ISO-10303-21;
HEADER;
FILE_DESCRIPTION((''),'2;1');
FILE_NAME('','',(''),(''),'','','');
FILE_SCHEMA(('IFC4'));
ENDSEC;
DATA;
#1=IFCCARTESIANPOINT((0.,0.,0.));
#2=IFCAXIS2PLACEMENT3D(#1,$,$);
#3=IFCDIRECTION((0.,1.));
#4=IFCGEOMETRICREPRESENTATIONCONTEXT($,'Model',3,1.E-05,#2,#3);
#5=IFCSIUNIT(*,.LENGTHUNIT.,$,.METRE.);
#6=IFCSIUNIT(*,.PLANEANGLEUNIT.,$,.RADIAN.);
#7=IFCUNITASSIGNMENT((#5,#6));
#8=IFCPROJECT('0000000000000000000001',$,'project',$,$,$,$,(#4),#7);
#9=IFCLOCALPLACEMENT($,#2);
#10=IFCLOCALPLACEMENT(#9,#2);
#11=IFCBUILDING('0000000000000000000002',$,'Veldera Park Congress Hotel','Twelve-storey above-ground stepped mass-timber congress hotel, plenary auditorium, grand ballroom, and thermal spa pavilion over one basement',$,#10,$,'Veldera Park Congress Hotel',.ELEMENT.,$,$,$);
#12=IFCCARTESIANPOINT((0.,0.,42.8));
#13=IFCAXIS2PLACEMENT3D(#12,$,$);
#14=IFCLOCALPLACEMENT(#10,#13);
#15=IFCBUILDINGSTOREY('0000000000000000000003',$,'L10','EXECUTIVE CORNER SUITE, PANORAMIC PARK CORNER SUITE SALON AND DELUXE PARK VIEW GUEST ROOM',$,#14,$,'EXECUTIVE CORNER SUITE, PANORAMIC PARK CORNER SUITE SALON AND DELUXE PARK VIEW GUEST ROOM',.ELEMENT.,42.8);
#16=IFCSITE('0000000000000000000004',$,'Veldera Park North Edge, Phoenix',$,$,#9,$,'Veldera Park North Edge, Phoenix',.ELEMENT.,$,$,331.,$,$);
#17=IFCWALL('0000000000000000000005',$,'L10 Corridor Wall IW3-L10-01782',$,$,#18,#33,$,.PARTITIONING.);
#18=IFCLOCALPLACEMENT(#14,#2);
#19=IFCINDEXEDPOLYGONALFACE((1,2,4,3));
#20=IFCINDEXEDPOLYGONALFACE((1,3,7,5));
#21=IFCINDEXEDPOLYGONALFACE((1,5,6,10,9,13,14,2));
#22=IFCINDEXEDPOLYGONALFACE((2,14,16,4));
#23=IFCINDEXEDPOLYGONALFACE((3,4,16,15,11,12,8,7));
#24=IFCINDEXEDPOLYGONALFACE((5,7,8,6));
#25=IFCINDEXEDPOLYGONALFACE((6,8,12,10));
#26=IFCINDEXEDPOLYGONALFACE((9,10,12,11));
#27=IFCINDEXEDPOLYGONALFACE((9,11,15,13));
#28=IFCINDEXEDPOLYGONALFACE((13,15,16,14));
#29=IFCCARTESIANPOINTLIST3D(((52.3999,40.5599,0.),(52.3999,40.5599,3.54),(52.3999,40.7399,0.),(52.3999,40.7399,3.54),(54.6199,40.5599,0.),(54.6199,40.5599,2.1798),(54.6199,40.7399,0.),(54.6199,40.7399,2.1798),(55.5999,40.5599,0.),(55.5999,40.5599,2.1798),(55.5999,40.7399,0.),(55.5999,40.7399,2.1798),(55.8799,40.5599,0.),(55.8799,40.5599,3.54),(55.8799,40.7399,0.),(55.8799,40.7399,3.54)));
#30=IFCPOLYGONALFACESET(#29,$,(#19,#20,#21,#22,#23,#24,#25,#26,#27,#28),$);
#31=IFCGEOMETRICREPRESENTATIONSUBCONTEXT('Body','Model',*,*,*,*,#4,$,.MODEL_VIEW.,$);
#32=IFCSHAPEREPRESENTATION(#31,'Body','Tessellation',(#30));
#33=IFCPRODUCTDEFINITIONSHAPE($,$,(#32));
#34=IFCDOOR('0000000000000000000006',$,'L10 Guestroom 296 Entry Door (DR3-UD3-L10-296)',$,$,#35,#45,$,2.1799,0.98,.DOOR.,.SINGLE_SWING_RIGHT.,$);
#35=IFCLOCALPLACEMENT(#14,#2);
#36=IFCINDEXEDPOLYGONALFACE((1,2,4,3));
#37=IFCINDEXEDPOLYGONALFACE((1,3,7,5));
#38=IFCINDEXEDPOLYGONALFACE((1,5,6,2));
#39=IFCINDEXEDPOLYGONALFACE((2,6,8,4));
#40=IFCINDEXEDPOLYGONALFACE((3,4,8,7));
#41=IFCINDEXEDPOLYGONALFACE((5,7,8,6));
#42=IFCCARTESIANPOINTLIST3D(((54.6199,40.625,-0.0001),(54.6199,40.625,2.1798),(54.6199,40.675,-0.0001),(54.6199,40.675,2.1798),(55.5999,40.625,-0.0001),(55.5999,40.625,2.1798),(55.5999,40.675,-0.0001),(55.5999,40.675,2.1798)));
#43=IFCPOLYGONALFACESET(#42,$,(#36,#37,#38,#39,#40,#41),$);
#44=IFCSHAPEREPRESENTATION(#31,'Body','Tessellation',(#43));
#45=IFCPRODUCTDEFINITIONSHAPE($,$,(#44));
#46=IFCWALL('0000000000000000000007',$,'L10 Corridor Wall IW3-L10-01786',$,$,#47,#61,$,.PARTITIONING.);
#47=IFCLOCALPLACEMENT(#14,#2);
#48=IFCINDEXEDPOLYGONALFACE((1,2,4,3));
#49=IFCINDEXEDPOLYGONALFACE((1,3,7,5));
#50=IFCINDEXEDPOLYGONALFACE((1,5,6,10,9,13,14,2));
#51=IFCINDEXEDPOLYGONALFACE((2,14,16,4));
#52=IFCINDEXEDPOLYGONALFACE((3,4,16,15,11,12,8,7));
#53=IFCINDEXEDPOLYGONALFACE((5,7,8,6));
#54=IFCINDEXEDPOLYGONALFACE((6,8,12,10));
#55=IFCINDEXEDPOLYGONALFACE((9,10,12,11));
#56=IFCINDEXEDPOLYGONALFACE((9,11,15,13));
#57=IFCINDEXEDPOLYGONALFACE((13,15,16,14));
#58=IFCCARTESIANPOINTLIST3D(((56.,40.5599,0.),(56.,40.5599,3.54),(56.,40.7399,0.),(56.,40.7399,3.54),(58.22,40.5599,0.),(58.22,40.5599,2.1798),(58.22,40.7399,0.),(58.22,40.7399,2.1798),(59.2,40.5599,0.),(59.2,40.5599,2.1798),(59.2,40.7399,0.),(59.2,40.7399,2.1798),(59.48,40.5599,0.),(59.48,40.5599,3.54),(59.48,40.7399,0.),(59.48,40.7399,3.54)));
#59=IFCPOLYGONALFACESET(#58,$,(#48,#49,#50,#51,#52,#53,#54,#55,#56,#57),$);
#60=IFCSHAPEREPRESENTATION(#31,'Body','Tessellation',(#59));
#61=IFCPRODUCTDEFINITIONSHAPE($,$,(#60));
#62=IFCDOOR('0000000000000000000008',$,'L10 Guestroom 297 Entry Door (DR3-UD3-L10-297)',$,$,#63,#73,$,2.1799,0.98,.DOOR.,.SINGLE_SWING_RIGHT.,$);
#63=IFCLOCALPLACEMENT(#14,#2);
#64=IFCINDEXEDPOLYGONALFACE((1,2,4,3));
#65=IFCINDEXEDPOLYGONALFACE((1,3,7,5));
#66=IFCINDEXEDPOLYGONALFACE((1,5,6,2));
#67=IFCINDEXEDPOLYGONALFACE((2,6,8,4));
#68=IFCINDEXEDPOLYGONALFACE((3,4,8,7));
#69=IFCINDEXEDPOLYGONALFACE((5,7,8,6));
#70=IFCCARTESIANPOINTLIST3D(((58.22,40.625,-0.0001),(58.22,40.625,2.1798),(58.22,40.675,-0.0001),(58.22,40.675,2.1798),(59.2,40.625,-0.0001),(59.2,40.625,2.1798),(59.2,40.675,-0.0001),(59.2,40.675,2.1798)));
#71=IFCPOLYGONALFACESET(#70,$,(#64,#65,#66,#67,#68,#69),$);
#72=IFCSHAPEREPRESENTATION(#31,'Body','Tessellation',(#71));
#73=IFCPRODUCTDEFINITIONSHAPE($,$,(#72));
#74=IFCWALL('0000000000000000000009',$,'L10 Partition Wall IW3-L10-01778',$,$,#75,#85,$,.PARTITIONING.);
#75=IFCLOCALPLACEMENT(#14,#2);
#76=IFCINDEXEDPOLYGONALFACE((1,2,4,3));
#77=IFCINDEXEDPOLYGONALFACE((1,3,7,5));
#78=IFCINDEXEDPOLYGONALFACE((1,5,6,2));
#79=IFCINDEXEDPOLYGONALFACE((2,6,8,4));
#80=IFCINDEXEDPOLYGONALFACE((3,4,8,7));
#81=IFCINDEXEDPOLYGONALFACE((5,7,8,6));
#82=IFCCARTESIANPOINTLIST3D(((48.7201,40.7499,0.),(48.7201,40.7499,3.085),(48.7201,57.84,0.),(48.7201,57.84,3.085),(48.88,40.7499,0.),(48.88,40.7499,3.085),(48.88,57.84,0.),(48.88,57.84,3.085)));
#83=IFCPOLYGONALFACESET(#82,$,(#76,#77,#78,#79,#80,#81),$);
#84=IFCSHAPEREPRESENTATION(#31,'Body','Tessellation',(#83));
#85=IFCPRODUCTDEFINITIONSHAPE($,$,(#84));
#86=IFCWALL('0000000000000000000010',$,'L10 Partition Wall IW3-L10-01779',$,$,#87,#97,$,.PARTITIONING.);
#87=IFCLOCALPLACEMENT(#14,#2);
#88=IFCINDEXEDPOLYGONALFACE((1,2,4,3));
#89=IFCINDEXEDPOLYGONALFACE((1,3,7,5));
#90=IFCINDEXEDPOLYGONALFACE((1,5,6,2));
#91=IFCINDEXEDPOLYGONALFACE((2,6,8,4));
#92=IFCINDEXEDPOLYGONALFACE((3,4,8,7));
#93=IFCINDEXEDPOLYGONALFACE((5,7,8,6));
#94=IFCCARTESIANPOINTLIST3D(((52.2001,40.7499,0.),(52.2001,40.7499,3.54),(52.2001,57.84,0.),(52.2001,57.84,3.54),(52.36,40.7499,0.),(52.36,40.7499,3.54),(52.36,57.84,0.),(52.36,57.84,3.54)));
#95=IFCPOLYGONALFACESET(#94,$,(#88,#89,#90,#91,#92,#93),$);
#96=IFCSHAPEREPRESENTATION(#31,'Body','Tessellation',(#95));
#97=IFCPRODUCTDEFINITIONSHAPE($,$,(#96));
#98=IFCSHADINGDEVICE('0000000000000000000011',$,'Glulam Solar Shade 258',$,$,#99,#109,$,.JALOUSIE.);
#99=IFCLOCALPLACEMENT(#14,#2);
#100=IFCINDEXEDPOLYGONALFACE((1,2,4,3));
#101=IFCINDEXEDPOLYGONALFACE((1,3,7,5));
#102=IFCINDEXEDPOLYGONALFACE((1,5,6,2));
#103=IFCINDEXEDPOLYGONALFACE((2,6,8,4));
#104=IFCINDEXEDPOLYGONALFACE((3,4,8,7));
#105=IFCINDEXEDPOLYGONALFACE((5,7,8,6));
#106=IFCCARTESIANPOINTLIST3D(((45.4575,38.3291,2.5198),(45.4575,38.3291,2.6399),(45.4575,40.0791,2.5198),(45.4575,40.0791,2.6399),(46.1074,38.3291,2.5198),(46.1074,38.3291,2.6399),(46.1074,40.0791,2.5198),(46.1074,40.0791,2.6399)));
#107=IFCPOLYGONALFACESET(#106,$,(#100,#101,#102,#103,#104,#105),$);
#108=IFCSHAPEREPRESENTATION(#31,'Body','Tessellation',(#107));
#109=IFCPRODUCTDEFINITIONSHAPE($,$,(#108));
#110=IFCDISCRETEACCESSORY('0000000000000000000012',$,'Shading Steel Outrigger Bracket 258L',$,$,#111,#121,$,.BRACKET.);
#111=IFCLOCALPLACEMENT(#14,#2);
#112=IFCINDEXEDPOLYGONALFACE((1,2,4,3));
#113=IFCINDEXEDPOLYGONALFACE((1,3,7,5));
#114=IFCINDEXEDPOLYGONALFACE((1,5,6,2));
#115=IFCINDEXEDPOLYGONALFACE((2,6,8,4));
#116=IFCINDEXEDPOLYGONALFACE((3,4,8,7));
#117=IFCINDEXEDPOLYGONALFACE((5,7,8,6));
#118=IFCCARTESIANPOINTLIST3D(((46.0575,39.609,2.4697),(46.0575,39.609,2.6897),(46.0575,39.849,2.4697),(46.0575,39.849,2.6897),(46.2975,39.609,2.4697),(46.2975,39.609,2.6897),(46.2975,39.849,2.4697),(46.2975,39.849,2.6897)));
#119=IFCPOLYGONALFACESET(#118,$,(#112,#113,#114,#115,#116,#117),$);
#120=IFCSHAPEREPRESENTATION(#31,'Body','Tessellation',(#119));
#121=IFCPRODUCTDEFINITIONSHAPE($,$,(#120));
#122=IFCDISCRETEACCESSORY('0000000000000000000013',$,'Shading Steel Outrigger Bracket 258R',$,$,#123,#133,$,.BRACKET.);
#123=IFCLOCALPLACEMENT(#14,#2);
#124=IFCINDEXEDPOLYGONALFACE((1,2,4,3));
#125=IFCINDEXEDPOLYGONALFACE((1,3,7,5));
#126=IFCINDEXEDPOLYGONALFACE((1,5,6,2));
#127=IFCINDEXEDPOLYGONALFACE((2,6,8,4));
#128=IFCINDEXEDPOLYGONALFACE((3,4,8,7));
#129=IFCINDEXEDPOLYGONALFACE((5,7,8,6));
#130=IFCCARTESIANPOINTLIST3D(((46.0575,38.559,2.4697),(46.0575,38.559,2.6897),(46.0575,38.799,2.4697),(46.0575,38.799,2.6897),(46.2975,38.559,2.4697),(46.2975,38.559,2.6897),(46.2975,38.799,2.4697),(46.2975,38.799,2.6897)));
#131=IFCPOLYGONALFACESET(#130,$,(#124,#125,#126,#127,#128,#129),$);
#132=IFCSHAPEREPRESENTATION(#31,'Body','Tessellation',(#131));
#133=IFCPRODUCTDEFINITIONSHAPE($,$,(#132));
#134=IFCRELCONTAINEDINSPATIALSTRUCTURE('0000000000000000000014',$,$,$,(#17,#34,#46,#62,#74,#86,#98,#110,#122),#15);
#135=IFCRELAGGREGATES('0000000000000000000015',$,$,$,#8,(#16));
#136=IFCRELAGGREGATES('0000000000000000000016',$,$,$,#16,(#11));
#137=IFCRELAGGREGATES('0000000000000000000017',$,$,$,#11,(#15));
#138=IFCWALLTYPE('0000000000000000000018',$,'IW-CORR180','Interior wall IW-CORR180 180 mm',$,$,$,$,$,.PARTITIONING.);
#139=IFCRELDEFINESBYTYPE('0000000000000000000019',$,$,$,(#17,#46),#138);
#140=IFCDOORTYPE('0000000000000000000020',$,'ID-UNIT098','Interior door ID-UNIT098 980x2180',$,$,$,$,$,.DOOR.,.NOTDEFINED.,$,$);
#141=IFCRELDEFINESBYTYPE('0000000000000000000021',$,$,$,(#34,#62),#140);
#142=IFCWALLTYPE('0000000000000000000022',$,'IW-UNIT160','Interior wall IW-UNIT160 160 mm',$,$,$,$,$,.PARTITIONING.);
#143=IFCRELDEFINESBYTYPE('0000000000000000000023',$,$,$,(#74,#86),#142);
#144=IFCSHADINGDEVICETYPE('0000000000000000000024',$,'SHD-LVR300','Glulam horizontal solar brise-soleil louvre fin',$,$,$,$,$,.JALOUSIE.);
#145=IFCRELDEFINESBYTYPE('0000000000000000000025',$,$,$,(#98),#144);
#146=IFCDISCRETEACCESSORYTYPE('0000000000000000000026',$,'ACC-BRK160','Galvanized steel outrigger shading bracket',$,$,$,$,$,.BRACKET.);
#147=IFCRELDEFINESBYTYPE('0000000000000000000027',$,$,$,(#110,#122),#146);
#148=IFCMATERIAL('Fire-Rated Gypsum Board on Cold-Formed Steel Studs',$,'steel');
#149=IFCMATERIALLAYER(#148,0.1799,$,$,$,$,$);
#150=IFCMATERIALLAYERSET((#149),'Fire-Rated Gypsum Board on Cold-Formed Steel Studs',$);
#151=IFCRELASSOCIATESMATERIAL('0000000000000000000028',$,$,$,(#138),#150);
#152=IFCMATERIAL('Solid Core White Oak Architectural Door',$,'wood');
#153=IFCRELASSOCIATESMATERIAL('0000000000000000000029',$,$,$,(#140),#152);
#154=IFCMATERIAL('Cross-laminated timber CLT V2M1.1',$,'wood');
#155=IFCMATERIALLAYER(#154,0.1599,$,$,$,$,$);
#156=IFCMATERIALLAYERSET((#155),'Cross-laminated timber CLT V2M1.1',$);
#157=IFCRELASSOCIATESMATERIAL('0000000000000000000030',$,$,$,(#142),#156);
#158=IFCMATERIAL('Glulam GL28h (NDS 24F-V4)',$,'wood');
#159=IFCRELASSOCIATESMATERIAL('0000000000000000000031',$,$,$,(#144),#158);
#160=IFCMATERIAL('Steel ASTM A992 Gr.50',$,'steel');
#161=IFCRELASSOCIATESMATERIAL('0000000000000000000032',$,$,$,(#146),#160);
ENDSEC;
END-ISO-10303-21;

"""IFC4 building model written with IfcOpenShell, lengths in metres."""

from ifc_helpers import new_model, si_unit, direction, frame, frame_2d, origin, origin_2d, place, context, subcontext, project, spatial, rectangle, extrude, material, layer, layer_set, type_object, element, fill, save


model = new_model("IFC4")

# Units and contexts
model_context = context("Model", 3, precision=1e-05, world=origin(), true_north=direction((0.0, 1.0)))
body_context = subcontext(model_context, "Body", "Model", "MODEL_VIEW")
ifc_project = project(units=[si_unit("LENGTHUNIT", "METRE"), si_unit("PLANEANGLEUNIT", "RADIAN")], contexts=[model_context])

# Site, building, storey
site_placement = place(None, origin())
site = spatial("IfcSite", under=ifc_project, at=site_placement, Name="Veldera Park North Edge, Phoenix", LongName="Veldera Park North Edge, Phoenix", CompositionType="ELEMENT", RefElevation=331.0)
building_placement = place(site_placement, origin())
building = spatial("IfcBuilding", under=site, at=building_placement, Name="Veldera Park Congress Hotel", Description="Twelve-storey above-ground stepped mass-timber congress hotel, plenary auditorium, grand ballroom, and thermal spa pavilion over one basement", LongName="Veldera Park Congress Hotel", CompositionType="ELEMENT")
storey_placement = place(building_placement, frame((0.0, 0.0, 42.8)))
storey = spatial("IfcBuildingStorey", under=building, at=storey_placement, Name="L10", Description="EXECUTIVE CORNER SUITE, PANORAMIC PARK CORNER SUITE SALON AND DELUXE PARK VIEW GUEST ROOM", LongName="EXECUTIVE CORNER SUITE, PANORAMIC PARK CORNER SUITE SALON AND DELUXE PARK VIEW GUEST ROOM", CompositionType="ELEMENT", Elevation=42.8)

# Shared definitions
ifc_material_1 = material(Name="Glulam GL28h (NDS 24F-V4)", Category="wood")

# Walls, openings, doors
ifc_material_2 = material(Name="Fire-Rated Gypsum Board on Cold-Formed Steel Studs", Category="steel")
ifc_layer_1 = layer(ifc_material_2, 0.1799)
ifc_layer_set_1 = layer_set([ifc_layer_1], Name="Fire-Rated Gypsum Board on Cold-Formed Steel Studs")
wall_type_1 = type_object("IfcWallType", Name="IW-CORR180", Description="Interior wall IW-CORR180 180 mm", PredefinedType="PARTITIONING", material=ifc_layer_set_1)
ifc_material_3 = material(Name="Solid Core White Oak Architectural Door", Category="wood")
door_type = type_object("IfcDoorType", Name="ID-UNIT098", Description="Interior door ID-UNIT098 980x2180", OperationType="NOTDEFINED", PredefinedType="DOOR", material=ifc_material_3)
wall_1_placement = place(storey_placement, frame((52.3999, 40.6499, 0.0), z_axis=(0.0, 0.0, 1.0), x_axis=(1.0, 0.0, 0.0)))
wall_1 = element("IfcWall", 1, at=wall_1_placement, inside=storey, type_object=wall_type_1, Name="L10 Corridor Wall IW3-L10-01782", PredefinedType="PARTITIONING", context=body_context, shape_type="SweptSolid", body=[
    extrude(rectangle(XDim=3.48, YDim=0.1799, at=frame_2d((1.74, 0.0))), origin(), (0.0, 0.0, 1.0), 3.54),
])
opening_1_placement = place(wall_1_placement, frame((2.22, 0.0, 0.0)))
opening_1 = element("IfcOpeningElement", 2, at=opening_1_placement, cuts=wall_1, PredefinedType="OPENING", context=body_context, shape_type="SweptSolid", body=[
    extrude(rectangle(XDim=0.98, YDim=2.1799, at=frame_2d((0.49, 1.0898))), frame((0.0, 0.1021, 0.0), z_axis=(0.0, -1.0, 0.0), x_axis=(1.0, 0.0, 0.0)), (0.0, 0.0, 1.0), 0.2039),
])
door_1_placement = place(opening_1_placement, frame((0.98, 0.0, 0.0), z_axis=(0.0, 0.0, 1.0), x_axis=(-1.0, 0.0, 0.0)))
door_1 = element("IfcDoor", 3, at=door_1_placement, inside=storey, type_object=door_type, Name="L10 Guestroom 296 Entry Door (DR3-UD3-L10-296)", OperationType="SINGLE_SWING_RIGHT", OverallHeight=2.1799, OverallWidth=0.98, PredefinedType="DOOR", context=body_context, shape_type="SweptSolid", body=[
    extrude(rectangle(XDim=0.98, YDim=2.1799, at=frame_2d((0.49, 1.0898))), frame((0.0, 0.0249, 0.0), z_axis=(0.0, -1.0, 0.0), x_axis=(1.0, 0.0, 0.0)), (0.0, 0.0, 1.0), 0.05),
])
fill(opening_1, door_1)
wall_2_placement = place(storey_placement, frame((56.0, 40.6499, 0.0), z_axis=(0.0, 0.0, 1.0), x_axis=(1.0, 0.0, 0.0)))
wall_2 = element("IfcWall", 4, at=wall_2_placement, inside=storey, type_object=wall_type_1, Name="L10 Corridor Wall IW3-L10-01786", PredefinedType="PARTITIONING", context=body_context, shape_type="SweptSolid", body=[
    extrude(rectangle(XDim=3.48, YDim=0.1799, at=frame_2d((1.74, 0.0))), origin(), (0.0, 0.0, 1.0), 3.54),
])
opening_2_placement = place(wall_2_placement, frame((2.22, 0.0, 0.0)))
opening_2 = element("IfcOpeningElement", 5, at=opening_2_placement, cuts=wall_2, PredefinedType="OPENING", context=body_context, shape_type="SweptSolid", body=[
    extrude(rectangle(XDim=0.98, YDim=2.1799, at=frame_2d((0.49, 1.0898))), frame((0.0, 0.1021, 0.0), z_axis=(0.0, -1.0, 0.0), x_axis=(1.0, 0.0, 0.0)), (0.0, 0.0, 1.0), 0.2039),
])
door_2_placement = place(opening_2_placement, frame((0.98, 0.0, 0.0), z_axis=(0.0, 0.0, 1.0), x_axis=(-1.0, 0.0, 0.0)))
door_2 = element("IfcDoor", 6, at=door_2_placement, inside=storey, type_object=door_type, Name="L10 Guestroom 297 Entry Door (DR3-UD3-L10-297)", OperationType="SINGLE_SWING_RIGHT", OverallHeight=2.1799, OverallWidth=0.98, PredefinedType="DOOR", context=body_context, shape_type="SweptSolid", body=[
    extrude(rectangle(XDim=0.98, YDim=2.1799, at=frame_2d((0.49, 1.0898))), frame((0.0, 0.0249, 0.0), z_axis=(0.0, -1.0, 0.0), x_axis=(1.0, 0.0, 0.0)), (0.0, 0.0, 1.0), 0.05),
])
fill(opening_2, door_2)

# Walls
ifc_material_4 = material(Name="Cross-laminated timber CLT V2M1.1", Category="wood")
ifc_layer_2 = layer(ifc_material_4, 0.1599)
ifc_layer_set_2 = layer_set([ifc_layer_2], Name="Cross-laminated timber CLT V2M1.1")
wall_type_2 = type_object("IfcWallType", Name="IW-UNIT160", Description="Interior wall IW-UNIT160 160 mm", PredefinedType="PARTITIONING", material=ifc_layer_set_2)
wall_3_placement = place(storey_placement, frame((48.8, 40.75, 0.0), z_axis=(0.0, 0.0, 1.0), x_axis=(0.0, 1.0, 0.0)))
element("IfcWall", 7, at=wall_3_placement, inside=storey, type_object=wall_type_2, Name="L10 Partition Wall IW3-L10-01778", PredefinedType="PARTITIONING", context=body_context, shape_type="SweptSolid", body=[
    extrude(rectangle(XDim=17.0901, YDim=0.1599, at=frame_2d((8.5449, 0.0))), origin(), (0.0, 0.0, 1.0), 3.085),
])
wall_4_placement = place(storey_placement, frame((52.28, 40.75, 0.0), z_axis=(0.0, 0.0, 1.0), x_axis=(0.0, 1.0, 0.0)))
element("IfcWall", 8, at=wall_4_placement, inside=storey, type_object=wall_type_2, Name="L10 Partition Wall IW3-L10-01779", PredefinedType="PARTITIONING", context=body_context, shape_type="SweptSolid", body=[
    extrude(rectangle(XDim=17.0901, YDim=0.1599, at=frame_2d((8.5449, 0.0))), origin(), (0.0, 0.0, 1.0), 3.54),
])

# Shading device
shading_device_type = type_object("IfcShadingDeviceType", Name="SHD-LVR300", Description="Glulam horizontal solar brise-soleil louvre fin", PredefinedType="JALOUSIE", material=ifc_material_1)
shading_device_placement = place(storey_placement, frame((45.7825, 39.2041, 2.5198), z_axis=(0.0, 0.0, 1.0), x_axis=(0.0, -1.0, 0.0)))
element("IfcShadingDevice", 9, at=shading_device_placement, inside=storey, type_object=shading_device_type, Name="Glulam Solar Shade 258", PredefinedType="JALOUSIE", context=body_context, shape_type="SweptSolid", body=[
    extrude(rectangle(XDim=1.75, YDim=0.6499, at=origin_2d()), origin(), (0.0, 0.0, 1.0), 0.1201),
])

# Discrete accessories
ifc_material_5 = material(Name="Steel ASTM A992 Gr.50", Category="steel")
discrete_accessory_type = type_object("IfcDiscreteAccessoryType", Name="ACC-BRK160", Description="Galvanized steel outrigger shading bracket", PredefinedType="BRACKET", material=ifc_material_5)
for number, where, z_axis, x_axis, name in (
    (10, (46.1775, 39.729, 2.4697), (0.0, 0.0, 1.0), (0.0, -1.0, 0.0), "Shading Steel Outrigger Bracket 258L"),
    (11, (46.1775, 38.679, 2.4697), (0.0, 0.0, 1.0), (0.0, -1.0, 0.0), "Shading Steel Outrigger Bracket 258R"),
):
    element("IfcDiscreteAccessory", number, at=place(storey_placement, frame(where, z_axis=z_axis, x_axis=x_axis)), inside=storey, type_object=discrete_accessory_type, Name=name, PredefinedType="BRACKET", context=body_context, shape_type="SweptSolid", body=[
        extrude(rectangle(XDim=0.24, YDim=0.24, at=origin_2d()), origin(), (0.0, 0.0, 1.0), 0.22),
    ])

save(model, "model.ifc")
